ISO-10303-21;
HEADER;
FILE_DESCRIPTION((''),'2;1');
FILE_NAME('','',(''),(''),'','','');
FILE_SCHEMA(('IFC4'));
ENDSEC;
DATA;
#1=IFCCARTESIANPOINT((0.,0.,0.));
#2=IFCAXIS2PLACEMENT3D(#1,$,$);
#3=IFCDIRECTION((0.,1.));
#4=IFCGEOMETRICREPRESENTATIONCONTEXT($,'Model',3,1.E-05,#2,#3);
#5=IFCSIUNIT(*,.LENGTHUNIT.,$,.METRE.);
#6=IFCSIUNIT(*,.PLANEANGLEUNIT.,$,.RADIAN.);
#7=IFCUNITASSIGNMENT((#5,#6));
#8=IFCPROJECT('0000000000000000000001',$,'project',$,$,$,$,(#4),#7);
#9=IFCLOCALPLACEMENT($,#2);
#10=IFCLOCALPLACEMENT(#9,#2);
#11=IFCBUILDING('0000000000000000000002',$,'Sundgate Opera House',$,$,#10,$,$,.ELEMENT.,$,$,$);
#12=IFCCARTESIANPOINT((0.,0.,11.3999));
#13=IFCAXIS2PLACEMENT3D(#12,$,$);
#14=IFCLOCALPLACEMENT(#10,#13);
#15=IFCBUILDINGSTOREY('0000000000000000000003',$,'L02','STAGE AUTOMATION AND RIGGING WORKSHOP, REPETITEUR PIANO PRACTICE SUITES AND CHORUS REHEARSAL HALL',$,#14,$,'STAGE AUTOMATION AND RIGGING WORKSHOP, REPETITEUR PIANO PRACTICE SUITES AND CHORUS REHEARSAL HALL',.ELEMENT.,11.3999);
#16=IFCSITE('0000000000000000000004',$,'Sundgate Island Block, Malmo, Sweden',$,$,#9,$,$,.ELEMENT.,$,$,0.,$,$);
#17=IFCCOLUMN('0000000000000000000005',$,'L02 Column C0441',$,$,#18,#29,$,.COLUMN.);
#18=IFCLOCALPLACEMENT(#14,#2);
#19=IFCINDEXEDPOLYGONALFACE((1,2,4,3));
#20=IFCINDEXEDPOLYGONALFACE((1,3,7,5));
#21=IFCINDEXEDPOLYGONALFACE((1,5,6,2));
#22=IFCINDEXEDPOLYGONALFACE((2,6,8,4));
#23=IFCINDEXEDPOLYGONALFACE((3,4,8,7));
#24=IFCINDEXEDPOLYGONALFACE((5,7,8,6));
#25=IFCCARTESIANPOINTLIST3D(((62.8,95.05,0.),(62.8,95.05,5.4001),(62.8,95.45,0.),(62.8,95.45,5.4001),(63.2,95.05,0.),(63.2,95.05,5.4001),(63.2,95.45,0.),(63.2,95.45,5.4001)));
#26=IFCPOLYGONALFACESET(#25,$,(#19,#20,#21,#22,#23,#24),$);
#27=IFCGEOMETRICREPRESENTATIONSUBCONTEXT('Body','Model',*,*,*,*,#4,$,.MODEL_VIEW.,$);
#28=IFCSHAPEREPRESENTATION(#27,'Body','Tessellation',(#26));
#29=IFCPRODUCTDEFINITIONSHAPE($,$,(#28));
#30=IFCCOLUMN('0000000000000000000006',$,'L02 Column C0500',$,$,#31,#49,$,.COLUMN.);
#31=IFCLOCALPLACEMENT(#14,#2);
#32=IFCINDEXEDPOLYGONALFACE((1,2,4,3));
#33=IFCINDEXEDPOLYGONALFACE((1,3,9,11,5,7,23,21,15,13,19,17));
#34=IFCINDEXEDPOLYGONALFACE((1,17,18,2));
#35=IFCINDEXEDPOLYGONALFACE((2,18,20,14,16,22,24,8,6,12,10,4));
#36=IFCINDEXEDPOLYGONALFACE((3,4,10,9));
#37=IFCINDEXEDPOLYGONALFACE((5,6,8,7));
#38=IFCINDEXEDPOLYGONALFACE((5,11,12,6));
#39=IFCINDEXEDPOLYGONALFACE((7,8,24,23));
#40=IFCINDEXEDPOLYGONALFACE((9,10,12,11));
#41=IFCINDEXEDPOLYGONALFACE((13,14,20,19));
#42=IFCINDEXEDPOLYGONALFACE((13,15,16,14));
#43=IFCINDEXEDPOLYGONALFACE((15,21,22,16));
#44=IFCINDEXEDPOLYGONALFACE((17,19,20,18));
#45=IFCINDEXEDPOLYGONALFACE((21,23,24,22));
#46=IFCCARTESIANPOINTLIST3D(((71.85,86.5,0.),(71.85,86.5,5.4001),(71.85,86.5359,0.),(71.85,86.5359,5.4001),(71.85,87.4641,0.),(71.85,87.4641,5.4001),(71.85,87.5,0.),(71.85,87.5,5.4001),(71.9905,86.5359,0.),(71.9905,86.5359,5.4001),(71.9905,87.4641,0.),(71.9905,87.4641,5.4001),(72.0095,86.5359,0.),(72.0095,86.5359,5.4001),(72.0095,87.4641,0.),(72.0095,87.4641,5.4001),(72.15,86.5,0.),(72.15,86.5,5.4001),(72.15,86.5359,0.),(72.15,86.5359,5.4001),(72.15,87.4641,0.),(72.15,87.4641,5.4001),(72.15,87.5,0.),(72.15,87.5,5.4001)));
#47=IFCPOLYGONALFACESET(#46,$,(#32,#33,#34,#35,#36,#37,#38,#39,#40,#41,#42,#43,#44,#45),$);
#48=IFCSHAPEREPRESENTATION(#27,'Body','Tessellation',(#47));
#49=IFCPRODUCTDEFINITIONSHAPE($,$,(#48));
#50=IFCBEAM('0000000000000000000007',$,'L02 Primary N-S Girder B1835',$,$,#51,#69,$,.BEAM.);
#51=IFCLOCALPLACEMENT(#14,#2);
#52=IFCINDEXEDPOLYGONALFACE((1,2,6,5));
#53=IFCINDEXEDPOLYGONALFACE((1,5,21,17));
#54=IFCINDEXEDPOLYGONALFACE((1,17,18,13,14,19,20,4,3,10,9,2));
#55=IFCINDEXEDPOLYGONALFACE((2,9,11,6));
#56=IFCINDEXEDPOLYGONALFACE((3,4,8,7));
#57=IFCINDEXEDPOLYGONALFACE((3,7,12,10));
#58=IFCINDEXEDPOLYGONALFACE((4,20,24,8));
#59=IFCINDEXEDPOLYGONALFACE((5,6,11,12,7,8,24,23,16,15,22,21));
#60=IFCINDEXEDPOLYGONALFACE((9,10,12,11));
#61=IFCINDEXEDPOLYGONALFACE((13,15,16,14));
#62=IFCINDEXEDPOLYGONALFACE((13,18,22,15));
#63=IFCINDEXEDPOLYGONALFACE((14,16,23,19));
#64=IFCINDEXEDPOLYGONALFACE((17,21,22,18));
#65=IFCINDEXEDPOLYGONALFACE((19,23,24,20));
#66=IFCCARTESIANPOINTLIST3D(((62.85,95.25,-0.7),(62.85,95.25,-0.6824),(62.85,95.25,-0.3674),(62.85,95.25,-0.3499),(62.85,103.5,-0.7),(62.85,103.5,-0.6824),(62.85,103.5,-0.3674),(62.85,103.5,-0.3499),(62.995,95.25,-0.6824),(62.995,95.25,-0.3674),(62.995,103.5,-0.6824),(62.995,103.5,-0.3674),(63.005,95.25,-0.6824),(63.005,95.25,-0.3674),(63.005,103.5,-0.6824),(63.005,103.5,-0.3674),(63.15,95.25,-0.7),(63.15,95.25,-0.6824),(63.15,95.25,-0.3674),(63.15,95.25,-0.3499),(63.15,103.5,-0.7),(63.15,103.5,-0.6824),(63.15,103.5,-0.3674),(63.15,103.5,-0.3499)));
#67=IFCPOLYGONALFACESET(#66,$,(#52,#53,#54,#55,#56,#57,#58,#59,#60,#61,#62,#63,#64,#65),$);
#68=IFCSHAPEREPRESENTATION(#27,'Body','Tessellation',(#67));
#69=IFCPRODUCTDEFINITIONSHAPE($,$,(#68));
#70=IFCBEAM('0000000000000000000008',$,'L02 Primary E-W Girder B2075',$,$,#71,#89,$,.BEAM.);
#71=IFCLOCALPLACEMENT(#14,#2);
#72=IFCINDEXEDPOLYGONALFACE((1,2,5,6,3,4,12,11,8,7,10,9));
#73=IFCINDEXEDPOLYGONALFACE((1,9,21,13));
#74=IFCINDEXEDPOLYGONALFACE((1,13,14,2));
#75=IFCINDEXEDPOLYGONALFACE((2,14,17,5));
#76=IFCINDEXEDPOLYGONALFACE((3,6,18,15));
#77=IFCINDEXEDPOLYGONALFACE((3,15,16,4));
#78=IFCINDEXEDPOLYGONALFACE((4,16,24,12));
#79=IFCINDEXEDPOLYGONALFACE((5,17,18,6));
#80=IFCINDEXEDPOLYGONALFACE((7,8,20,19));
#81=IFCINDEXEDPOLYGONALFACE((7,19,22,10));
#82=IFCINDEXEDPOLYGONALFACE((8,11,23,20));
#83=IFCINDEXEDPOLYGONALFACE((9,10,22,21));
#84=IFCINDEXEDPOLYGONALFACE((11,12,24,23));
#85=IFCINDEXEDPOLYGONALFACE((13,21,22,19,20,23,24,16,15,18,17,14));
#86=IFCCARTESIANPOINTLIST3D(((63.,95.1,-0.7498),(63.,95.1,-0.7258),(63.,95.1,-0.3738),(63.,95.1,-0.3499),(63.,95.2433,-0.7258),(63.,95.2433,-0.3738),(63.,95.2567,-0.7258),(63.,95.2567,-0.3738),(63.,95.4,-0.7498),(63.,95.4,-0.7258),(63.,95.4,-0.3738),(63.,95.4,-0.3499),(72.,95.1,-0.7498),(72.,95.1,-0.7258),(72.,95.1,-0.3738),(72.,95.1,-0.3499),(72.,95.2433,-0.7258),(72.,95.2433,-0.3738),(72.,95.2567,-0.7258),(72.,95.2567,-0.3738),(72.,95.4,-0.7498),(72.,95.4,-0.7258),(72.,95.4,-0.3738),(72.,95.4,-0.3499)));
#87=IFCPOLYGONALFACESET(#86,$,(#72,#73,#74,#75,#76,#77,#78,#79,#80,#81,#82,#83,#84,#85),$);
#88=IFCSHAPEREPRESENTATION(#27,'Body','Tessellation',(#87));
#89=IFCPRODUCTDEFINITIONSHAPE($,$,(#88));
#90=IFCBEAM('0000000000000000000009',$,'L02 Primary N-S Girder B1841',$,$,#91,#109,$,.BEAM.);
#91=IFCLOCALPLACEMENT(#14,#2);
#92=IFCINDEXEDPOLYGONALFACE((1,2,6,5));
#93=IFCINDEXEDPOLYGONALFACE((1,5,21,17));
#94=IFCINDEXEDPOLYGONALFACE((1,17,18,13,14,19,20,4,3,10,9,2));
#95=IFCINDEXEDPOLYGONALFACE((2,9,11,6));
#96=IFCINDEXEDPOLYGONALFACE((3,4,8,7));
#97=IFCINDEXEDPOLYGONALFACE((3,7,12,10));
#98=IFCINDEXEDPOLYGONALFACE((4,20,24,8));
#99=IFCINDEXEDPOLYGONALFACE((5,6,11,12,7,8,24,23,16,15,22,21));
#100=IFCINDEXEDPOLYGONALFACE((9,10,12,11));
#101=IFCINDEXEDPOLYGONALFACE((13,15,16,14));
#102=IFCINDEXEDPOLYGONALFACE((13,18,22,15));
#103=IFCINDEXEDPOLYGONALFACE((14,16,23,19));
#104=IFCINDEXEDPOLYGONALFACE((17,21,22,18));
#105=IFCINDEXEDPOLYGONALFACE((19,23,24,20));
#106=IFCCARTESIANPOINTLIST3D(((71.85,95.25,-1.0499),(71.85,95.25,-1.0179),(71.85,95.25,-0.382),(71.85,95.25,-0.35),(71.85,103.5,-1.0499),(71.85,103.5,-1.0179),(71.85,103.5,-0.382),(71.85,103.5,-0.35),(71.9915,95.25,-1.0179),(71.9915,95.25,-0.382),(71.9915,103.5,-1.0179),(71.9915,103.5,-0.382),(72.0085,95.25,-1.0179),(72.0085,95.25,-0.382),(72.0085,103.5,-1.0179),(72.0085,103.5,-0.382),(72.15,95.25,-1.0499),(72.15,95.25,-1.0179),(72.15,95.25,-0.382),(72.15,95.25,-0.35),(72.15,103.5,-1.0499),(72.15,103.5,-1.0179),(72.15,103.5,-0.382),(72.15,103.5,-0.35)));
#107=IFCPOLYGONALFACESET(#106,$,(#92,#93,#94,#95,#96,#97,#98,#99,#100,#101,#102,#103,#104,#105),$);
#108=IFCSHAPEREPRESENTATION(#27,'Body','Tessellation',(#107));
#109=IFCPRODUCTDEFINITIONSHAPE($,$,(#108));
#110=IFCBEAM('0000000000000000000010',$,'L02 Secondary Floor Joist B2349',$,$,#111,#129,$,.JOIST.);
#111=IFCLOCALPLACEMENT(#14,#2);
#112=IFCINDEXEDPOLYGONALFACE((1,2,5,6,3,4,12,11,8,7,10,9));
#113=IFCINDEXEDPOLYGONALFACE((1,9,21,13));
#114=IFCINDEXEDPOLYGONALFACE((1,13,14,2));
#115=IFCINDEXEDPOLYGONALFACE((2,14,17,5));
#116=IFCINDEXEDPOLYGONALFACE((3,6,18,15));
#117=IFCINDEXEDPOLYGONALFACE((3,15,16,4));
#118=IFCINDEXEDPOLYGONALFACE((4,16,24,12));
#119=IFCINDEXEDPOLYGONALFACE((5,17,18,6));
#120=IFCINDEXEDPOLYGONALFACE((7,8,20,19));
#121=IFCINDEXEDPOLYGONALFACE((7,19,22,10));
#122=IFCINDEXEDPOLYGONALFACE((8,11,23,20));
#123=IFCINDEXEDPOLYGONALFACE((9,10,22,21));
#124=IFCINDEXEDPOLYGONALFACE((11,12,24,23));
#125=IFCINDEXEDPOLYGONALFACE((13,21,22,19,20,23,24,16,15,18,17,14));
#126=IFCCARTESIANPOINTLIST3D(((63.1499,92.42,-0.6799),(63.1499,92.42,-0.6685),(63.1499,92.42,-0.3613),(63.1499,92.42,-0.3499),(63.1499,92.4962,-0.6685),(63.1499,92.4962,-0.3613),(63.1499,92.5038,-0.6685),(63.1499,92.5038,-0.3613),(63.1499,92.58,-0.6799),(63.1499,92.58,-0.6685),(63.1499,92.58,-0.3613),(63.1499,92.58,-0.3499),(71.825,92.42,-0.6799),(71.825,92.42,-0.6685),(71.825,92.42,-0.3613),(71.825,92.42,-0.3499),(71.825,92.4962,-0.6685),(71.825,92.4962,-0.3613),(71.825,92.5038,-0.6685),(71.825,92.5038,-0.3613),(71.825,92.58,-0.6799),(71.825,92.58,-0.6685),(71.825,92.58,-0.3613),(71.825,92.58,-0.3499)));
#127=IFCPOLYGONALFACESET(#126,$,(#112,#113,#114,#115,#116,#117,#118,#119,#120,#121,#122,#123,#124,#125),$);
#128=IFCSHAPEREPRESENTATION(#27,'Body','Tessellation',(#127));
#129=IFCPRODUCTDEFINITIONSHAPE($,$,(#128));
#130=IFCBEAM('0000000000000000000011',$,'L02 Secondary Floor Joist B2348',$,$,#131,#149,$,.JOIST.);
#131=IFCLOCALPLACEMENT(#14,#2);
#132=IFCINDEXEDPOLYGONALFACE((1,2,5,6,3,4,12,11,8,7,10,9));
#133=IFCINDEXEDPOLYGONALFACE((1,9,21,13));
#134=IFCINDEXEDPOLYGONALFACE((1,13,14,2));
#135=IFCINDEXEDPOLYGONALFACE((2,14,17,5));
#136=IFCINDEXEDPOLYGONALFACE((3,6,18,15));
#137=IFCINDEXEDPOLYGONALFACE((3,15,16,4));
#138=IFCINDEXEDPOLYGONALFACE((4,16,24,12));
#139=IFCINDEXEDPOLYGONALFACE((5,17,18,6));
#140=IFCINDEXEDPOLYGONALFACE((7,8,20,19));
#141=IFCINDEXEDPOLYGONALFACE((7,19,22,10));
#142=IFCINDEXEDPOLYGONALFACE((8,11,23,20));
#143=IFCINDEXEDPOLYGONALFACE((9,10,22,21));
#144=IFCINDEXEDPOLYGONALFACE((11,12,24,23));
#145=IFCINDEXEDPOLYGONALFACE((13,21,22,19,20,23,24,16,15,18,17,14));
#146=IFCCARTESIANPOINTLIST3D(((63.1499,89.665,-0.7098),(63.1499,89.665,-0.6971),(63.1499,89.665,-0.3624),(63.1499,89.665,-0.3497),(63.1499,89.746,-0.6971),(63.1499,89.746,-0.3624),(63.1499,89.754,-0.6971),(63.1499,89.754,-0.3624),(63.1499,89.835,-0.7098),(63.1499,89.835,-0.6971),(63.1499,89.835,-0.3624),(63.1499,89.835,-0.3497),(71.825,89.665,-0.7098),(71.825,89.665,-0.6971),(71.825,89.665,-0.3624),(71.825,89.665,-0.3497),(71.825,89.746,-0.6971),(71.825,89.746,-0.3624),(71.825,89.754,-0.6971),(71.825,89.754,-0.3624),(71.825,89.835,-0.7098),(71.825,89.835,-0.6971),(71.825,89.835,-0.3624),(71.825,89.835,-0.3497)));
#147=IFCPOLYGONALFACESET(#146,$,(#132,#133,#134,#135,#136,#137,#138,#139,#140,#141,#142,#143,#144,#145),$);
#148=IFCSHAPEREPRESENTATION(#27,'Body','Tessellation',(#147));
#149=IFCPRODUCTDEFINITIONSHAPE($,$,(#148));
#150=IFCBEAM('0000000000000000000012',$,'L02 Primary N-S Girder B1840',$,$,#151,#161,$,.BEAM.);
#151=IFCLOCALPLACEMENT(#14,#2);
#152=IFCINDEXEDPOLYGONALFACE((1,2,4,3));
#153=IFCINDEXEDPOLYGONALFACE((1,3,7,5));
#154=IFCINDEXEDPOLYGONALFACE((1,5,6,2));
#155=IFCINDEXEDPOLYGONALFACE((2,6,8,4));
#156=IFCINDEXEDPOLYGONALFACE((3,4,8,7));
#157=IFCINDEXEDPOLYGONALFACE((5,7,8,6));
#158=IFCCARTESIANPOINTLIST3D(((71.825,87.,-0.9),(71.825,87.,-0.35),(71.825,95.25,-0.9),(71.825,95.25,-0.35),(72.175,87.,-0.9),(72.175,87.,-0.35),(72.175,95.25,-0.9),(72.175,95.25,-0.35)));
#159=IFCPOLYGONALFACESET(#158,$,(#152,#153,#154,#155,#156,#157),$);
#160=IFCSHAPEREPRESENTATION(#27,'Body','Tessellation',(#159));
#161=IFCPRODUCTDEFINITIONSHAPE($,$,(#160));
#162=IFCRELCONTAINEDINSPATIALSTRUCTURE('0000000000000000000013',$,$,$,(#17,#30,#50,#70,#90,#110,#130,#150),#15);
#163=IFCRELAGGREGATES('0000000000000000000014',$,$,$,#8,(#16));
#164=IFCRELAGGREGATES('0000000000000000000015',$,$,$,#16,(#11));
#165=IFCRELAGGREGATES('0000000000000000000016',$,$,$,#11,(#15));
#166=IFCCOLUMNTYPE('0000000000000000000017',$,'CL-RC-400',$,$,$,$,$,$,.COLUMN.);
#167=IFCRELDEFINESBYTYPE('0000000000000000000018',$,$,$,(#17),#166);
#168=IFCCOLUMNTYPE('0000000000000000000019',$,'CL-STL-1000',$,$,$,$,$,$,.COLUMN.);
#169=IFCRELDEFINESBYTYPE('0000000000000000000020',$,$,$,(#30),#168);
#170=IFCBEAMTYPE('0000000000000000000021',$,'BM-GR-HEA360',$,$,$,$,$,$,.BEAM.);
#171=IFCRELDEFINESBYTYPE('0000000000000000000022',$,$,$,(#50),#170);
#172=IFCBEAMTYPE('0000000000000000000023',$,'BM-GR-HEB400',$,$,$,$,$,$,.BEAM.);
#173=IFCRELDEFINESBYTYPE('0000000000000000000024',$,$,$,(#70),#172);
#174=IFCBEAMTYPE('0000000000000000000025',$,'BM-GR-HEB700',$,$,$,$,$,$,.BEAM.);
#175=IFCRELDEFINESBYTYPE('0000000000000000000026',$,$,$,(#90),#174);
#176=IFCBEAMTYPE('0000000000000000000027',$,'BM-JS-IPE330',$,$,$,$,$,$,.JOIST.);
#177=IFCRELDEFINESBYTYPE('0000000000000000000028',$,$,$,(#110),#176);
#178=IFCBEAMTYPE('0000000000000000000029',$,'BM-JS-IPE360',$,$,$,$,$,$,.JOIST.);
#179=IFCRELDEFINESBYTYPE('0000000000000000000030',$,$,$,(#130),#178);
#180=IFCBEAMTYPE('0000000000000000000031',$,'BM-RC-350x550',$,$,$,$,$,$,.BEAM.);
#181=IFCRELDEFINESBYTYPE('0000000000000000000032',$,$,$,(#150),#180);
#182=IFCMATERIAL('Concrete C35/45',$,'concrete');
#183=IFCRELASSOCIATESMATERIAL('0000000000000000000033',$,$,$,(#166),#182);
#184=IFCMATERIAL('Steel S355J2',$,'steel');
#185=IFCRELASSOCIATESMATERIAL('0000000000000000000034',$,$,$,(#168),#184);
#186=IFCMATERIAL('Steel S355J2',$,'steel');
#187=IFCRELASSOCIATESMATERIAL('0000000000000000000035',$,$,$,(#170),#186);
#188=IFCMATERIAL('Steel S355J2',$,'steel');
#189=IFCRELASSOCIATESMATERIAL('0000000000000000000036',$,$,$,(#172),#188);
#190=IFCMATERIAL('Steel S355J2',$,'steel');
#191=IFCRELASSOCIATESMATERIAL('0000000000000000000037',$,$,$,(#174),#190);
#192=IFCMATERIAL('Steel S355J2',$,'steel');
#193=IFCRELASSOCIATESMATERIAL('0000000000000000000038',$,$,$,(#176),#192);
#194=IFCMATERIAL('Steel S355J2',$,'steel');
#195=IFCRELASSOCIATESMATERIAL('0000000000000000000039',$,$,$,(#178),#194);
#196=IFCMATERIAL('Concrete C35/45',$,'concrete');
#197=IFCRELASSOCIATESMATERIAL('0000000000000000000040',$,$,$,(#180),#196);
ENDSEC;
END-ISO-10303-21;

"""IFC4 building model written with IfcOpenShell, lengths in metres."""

from ifc_helpers import new_model, si_unit, direction, frame, origin, origin_2d, place, context, subcontext, project, spatial, rectangle, i_section, extrude, material, material_profile, profile_set, type_object, element, save


model = new_model("IFC4")

# Units and contexts
model_context = context("Model", 3, precision=1e-05, world=origin(), true_north=direction((0.0, 1.0)))
body_context = subcontext(model_context, "Body", "Model", "MODEL_VIEW")
ifc_project = project(units=[si_unit("LENGTHUNIT", "METRE"), si_unit("PLANEANGLEUNIT", "RADIAN")], contexts=[model_context])

# Site, building, storey
site_placement = place(None, origin())
site = spatial("IfcSite", under=ifc_project, at=site_placement, Name="Sundgate Island Block, Malmo, Sweden", CompositionType="ELEMENT", RefElevation=0.0)
building_placement = place(site_placement, origin())
building = spatial("IfcBuilding", under=site, at=building_placement, Name="Sundgate Opera House", CompositionType="ELEMENT")
storey_placement = place(building_placement, frame((0.0, 0.0, 11.3999)))
storey = spatial("IfcBuildingStorey", under=building, at=storey_placement, Name="L02", Description="STAGE AUTOMATION AND RIGGING WORKSHOP, REPETITEUR PIANO PRACTICE SUITES AND CHORUS REHEARSAL HALL", LongName="STAGE AUTOMATION AND RIGGING WORKSHOP, REPETITEUR PIANO PRACTICE SUITES AND CHORUS REHEARSAL HALL", CompositionType="ELEMENT", Elevation=11.3999)

# Columns
ifc_material_1 = material(Name="Concrete C35/45", Category="concrete")
ifc_material_profile_1 = material_profile(ifc_material_1, rectangle(XDim=0.3999, YDim=0.3999, at=origin_2d()), Name="RC 400x400")
ifc_profile_set_1 = profile_set([ifc_material_profile_1], Name="Concrete C35/45")
column_type_1 = type_object("IfcColumnType", Name="CL-RC-400", PredefinedType="COLUMN", material=ifc_profile_set_1)
column_1_placement = place(storey_placement, frame((63.0, 95.25, 0.0), z_axis=(0.0, 0.0, 1.0), x_axis=(1.0, 0.0, 0.0)))
element("IfcColumn", 1, at=column_1_placement, inside=storey, type_object=column_type_1, Name="L02 Column C0441", PredefinedType="COLUMN", context=body_context, shape_type="SweptSolid", body=[
    extrude(rectangle(XDim=0.3999, YDim=0.3999, at=origin_2d()), origin(), (0.0, 0.0, 1.0), 5.4001),
])
ifc_material_2 = material(Name="Steel S355J2", Category="steel")
ifc_material_profile_2 = material_profile(ifc_material_2, i_section(OverallWidth=0.3, OverallDepth=1.0, WebThickness=0.019, FlangeThickness=0.0359, at=origin_2d()), Name="HEB 1000")
ifc_profile_set_2 = profile_set([ifc_material_profile_2], Name="Steel S355J2")
column_type_2 = type_object("IfcColumnType", Name="CL-STL-1000", PredefinedType="COLUMN", material=ifc_profile_set_2)
column_2_placement = place(storey_placement, frame((72.0, 87.0, 0.0), z_axis=(0.0, 0.0, 1.0), x_axis=(1.0, 0.0, 0.0)))
element("IfcColumn", 2, at=column_2_placement, inside=storey, type_object=column_type_2, Name="L02 Column C0500", PredefinedType="COLUMN", context=body_context, shape_type="SweptSolid", body=[
    extrude(i_section(OverallWidth=0.3, OverallDepth=1.0, WebThickness=0.019, FlangeThickness=0.0359, at=origin_2d()), origin(), (0.0, 0.0, 1.0), 5.4001),
])

# Beams
ifc_material_3 = material(Name="Steel S355J2", Category="steel")
ifc_material_profile_3 = material_profile(ifc_material_3, i_section(OverallWidth=0.3, OverallDepth=0.3501, WebThickness=0.01, FlangeThickness=0.0176, at=origin_2d()), Name="HEA 360")
ifc_profile_set_3 = profile_set([ifc_material_profile_3], Name="Steel S355J2")
beam_type_1 = type_object("IfcBeamType", Name="BM-GR-HEA360", PredefinedType="BEAM", material=ifc_profile_set_3)
beam_1_placement = place(storey_placement, frame((63.0, 95.25, -0.5249), z_axis=(0.0, 1.0, 0.0), x_axis=(-1.0, 0.0, 0.0)))
element("IfcBeam", 3, at=beam_1_placement, inside=storey, type_object=beam_type_1, Name="L02 Primary N-S Girder B1835", PredefinedType="BEAM", context=body_context, shape_type="SweptSolid", body=[
    extrude(i_section(OverallWidth=0.3, OverallDepth=0.3501, WebThickness=0.01, FlangeThickness=0.0176, at=origin_2d()), origin(), (0.0, 0.0, 1.0), 8.25),
])
ifc_material_4 = material(Name="Steel S355J2", Category="steel")
ifc_material_profile_4 = material_profile(ifc_material_4, i_section(OverallWidth=0.3, OverallDepth=0.3999, WebThickness=0.0134, FlangeThickness=0.0239, at=origin_2d()), Name="HEB 400")
ifc_profile_set_4 = profile_set([ifc_material_profile_4], Name="Steel S355J2")
beam_type_2 = type_object("IfcBeamType", Name="BM-GR-HEB400", PredefinedType="BEAM", material=ifc_profile_set_4)
beam_2_placement = place(storey_placement, frame((63.0, 95.25, -0.5498), z_axis=(1.0, 0.0, 0.0), x_axis=(0.0, 1.0, 0.0)))
element("IfcBeam", 4, at=beam_2_placement, inside=storey, type_object=beam_type_2, Name="L02 Primary E-W Girder B2075", PredefinedType="BEAM", context=body_context, shape_type="SweptSolid", body=[
    extrude(i_section(OverallWidth=0.3, OverallDepth=0.3999, WebThickness=0.0134, FlangeThickness=0.0239, at=origin_2d()), origin(), (0.0, 0.0, 1.0), 9.0),
])
ifc_material_5 = material(Name="Steel S355J2", Category="steel")
ifc_material_profile_5 = material_profile(ifc_material_5, i_section(OverallWidth=0.3, OverallDepth=0.7, WebThickness=0.0171, FlangeThickness=0.032, at=origin_2d()), Name="HEB 700")
ifc_profile_set_5 = profile_set([ifc_material_profile_5], Name="Steel S355J2")
beam_type_3 = type_object("IfcBeamType", Name="BM-GR-HEB700", PredefinedType="BEAM", material=ifc_profile_set_5)
beam_3_placement = place(storey_placement, frame((72.0, 95.25, -0.7), z_axis=(0.0, 1.0, 0.0), x_axis=(-1.0, 0.0, 0.0)))
element("IfcBeam", 5, at=beam_3_placement, inside=storey, type_object=beam_type_3, Name="L02 Primary N-S Girder B1841", PredefinedType="BEAM", context=body_context, shape_type="SweptSolid", body=[
    extrude(i_section(OverallWidth=0.3, OverallDepth=0.7, WebThickness=0.0171, FlangeThickness=0.032, at=origin_2d()), origin(), (0.0, 0.0, 1.0), 8.25),
])
ifc_material_6 = material(Name="Steel S355J2", Category="steel")
ifc_material_profile_6 = material_profile(ifc_material_6, i_section(OverallWidth=0.1599, OverallDepth=0.3301, WebThickness=0.0076, FlangeThickness=0.0115, at=origin_2d()), Name="IPE 330")
ifc_profile_set_6 = profile_set([ifc_material_profile_6], Name="Steel S355J2")
beam_type_4 = type_object("IfcBeamType", Name="BM-JS-IPE330", PredefinedType="JOIST", material=ifc_profile_set_6)
beam_4_placement = place(storey_placement, frame((63.1499, 92.5, -0.5149), z_axis=(1.0, 0.0, 0.0), x_axis=(0.0, 1.0, 0.0)))
element("IfcBeam", 6, at=beam_4_placement, inside=storey, type_object=beam_type_4, Name="L02 Secondary Floor Joist B2349", PredefinedType="JOIST", context=body_context, shape_type="SweptSolid", body=[
    extrude(i_section(OverallWidth=0.1599, OverallDepth=0.3301, WebThickness=0.0076, FlangeThickness=0.0115, at=origin_2d()), origin(), (0.0, 0.0, 1.0), 8.675),
])
ifc_material_7 = material(Name="Steel S355J2", Category="steel")
ifc_material_profile_7 = material_profile(ifc_material_7, i_section(OverallWidth=0.1699, OverallDepth=0.3601, WebThickness=0.0081, FlangeThickness=0.0127, at=origin_2d()), Name="IPE 360")
ifc_profile_set_7 = profile_set([ifc_material_profile_7], Name="Steel S355J2")
beam_type_5 = type_object("IfcBeamType", Name="BM-JS-IPE360", PredefinedType="JOIST", material=ifc_profile_set_7)
beam_5_placement = place(storey_placement, frame((63.1499, 89.75, -0.5298), z_axis=(1.0, 0.0, 0.0), x_axis=(0.0, 1.0, 0.0)))
element("IfcBeam", 7, at=beam_5_placement, inside=storey, type_object=beam_type_5, Name="L02 Secondary Floor Joist B2348", PredefinedType="JOIST", context=body_context, shape_type="SweptSolid", body=[
    extrude(i_section(OverallWidth=0.1699, OverallDepth=0.3601, WebThickness=0.0081, FlangeThickness=0.0127, at=origin_2d()), origin(), (0.0, 0.0, 1.0), 8.675),
])
ifc_material_8 = material(Name="Concrete C35/45", Category="concrete")
ifc_material_profile_8 = material_profile(ifc_material_8, rectangle(XDim=0.3501, YDim=0.55, at=origin_2d()), Name="RC 350x550")
ifc_profile_set_8 = profile_set([ifc_material_profile_8], Name="Concrete C35/45")
beam_type_6 = type_object("IfcBeamType", Name="BM-RC-350x550", PredefinedType="BEAM", material=ifc_profile_set_8)
beam_6_placement = place(storey_placement, frame((72.0, 87.0, -0.625), z_axis=(0.0, 1.0, 0.0), x_axis=(-1.0, 0.0, 0.0)))
element("IfcBeam", 8, at=beam_6_placement, inside=storey, type_object=beam_type_6, Name="L02 Primary N-S Girder B1840", PredefinedType="BEAM", context=body_context, shape_type="SweptSolid", body=[
    extrude(rectangle(XDim=0.3501, YDim=0.55, at=origin_2d()), origin(), (0.0, 0.0, 1.0), 8.25),
])

save(model, "model.ifc")
